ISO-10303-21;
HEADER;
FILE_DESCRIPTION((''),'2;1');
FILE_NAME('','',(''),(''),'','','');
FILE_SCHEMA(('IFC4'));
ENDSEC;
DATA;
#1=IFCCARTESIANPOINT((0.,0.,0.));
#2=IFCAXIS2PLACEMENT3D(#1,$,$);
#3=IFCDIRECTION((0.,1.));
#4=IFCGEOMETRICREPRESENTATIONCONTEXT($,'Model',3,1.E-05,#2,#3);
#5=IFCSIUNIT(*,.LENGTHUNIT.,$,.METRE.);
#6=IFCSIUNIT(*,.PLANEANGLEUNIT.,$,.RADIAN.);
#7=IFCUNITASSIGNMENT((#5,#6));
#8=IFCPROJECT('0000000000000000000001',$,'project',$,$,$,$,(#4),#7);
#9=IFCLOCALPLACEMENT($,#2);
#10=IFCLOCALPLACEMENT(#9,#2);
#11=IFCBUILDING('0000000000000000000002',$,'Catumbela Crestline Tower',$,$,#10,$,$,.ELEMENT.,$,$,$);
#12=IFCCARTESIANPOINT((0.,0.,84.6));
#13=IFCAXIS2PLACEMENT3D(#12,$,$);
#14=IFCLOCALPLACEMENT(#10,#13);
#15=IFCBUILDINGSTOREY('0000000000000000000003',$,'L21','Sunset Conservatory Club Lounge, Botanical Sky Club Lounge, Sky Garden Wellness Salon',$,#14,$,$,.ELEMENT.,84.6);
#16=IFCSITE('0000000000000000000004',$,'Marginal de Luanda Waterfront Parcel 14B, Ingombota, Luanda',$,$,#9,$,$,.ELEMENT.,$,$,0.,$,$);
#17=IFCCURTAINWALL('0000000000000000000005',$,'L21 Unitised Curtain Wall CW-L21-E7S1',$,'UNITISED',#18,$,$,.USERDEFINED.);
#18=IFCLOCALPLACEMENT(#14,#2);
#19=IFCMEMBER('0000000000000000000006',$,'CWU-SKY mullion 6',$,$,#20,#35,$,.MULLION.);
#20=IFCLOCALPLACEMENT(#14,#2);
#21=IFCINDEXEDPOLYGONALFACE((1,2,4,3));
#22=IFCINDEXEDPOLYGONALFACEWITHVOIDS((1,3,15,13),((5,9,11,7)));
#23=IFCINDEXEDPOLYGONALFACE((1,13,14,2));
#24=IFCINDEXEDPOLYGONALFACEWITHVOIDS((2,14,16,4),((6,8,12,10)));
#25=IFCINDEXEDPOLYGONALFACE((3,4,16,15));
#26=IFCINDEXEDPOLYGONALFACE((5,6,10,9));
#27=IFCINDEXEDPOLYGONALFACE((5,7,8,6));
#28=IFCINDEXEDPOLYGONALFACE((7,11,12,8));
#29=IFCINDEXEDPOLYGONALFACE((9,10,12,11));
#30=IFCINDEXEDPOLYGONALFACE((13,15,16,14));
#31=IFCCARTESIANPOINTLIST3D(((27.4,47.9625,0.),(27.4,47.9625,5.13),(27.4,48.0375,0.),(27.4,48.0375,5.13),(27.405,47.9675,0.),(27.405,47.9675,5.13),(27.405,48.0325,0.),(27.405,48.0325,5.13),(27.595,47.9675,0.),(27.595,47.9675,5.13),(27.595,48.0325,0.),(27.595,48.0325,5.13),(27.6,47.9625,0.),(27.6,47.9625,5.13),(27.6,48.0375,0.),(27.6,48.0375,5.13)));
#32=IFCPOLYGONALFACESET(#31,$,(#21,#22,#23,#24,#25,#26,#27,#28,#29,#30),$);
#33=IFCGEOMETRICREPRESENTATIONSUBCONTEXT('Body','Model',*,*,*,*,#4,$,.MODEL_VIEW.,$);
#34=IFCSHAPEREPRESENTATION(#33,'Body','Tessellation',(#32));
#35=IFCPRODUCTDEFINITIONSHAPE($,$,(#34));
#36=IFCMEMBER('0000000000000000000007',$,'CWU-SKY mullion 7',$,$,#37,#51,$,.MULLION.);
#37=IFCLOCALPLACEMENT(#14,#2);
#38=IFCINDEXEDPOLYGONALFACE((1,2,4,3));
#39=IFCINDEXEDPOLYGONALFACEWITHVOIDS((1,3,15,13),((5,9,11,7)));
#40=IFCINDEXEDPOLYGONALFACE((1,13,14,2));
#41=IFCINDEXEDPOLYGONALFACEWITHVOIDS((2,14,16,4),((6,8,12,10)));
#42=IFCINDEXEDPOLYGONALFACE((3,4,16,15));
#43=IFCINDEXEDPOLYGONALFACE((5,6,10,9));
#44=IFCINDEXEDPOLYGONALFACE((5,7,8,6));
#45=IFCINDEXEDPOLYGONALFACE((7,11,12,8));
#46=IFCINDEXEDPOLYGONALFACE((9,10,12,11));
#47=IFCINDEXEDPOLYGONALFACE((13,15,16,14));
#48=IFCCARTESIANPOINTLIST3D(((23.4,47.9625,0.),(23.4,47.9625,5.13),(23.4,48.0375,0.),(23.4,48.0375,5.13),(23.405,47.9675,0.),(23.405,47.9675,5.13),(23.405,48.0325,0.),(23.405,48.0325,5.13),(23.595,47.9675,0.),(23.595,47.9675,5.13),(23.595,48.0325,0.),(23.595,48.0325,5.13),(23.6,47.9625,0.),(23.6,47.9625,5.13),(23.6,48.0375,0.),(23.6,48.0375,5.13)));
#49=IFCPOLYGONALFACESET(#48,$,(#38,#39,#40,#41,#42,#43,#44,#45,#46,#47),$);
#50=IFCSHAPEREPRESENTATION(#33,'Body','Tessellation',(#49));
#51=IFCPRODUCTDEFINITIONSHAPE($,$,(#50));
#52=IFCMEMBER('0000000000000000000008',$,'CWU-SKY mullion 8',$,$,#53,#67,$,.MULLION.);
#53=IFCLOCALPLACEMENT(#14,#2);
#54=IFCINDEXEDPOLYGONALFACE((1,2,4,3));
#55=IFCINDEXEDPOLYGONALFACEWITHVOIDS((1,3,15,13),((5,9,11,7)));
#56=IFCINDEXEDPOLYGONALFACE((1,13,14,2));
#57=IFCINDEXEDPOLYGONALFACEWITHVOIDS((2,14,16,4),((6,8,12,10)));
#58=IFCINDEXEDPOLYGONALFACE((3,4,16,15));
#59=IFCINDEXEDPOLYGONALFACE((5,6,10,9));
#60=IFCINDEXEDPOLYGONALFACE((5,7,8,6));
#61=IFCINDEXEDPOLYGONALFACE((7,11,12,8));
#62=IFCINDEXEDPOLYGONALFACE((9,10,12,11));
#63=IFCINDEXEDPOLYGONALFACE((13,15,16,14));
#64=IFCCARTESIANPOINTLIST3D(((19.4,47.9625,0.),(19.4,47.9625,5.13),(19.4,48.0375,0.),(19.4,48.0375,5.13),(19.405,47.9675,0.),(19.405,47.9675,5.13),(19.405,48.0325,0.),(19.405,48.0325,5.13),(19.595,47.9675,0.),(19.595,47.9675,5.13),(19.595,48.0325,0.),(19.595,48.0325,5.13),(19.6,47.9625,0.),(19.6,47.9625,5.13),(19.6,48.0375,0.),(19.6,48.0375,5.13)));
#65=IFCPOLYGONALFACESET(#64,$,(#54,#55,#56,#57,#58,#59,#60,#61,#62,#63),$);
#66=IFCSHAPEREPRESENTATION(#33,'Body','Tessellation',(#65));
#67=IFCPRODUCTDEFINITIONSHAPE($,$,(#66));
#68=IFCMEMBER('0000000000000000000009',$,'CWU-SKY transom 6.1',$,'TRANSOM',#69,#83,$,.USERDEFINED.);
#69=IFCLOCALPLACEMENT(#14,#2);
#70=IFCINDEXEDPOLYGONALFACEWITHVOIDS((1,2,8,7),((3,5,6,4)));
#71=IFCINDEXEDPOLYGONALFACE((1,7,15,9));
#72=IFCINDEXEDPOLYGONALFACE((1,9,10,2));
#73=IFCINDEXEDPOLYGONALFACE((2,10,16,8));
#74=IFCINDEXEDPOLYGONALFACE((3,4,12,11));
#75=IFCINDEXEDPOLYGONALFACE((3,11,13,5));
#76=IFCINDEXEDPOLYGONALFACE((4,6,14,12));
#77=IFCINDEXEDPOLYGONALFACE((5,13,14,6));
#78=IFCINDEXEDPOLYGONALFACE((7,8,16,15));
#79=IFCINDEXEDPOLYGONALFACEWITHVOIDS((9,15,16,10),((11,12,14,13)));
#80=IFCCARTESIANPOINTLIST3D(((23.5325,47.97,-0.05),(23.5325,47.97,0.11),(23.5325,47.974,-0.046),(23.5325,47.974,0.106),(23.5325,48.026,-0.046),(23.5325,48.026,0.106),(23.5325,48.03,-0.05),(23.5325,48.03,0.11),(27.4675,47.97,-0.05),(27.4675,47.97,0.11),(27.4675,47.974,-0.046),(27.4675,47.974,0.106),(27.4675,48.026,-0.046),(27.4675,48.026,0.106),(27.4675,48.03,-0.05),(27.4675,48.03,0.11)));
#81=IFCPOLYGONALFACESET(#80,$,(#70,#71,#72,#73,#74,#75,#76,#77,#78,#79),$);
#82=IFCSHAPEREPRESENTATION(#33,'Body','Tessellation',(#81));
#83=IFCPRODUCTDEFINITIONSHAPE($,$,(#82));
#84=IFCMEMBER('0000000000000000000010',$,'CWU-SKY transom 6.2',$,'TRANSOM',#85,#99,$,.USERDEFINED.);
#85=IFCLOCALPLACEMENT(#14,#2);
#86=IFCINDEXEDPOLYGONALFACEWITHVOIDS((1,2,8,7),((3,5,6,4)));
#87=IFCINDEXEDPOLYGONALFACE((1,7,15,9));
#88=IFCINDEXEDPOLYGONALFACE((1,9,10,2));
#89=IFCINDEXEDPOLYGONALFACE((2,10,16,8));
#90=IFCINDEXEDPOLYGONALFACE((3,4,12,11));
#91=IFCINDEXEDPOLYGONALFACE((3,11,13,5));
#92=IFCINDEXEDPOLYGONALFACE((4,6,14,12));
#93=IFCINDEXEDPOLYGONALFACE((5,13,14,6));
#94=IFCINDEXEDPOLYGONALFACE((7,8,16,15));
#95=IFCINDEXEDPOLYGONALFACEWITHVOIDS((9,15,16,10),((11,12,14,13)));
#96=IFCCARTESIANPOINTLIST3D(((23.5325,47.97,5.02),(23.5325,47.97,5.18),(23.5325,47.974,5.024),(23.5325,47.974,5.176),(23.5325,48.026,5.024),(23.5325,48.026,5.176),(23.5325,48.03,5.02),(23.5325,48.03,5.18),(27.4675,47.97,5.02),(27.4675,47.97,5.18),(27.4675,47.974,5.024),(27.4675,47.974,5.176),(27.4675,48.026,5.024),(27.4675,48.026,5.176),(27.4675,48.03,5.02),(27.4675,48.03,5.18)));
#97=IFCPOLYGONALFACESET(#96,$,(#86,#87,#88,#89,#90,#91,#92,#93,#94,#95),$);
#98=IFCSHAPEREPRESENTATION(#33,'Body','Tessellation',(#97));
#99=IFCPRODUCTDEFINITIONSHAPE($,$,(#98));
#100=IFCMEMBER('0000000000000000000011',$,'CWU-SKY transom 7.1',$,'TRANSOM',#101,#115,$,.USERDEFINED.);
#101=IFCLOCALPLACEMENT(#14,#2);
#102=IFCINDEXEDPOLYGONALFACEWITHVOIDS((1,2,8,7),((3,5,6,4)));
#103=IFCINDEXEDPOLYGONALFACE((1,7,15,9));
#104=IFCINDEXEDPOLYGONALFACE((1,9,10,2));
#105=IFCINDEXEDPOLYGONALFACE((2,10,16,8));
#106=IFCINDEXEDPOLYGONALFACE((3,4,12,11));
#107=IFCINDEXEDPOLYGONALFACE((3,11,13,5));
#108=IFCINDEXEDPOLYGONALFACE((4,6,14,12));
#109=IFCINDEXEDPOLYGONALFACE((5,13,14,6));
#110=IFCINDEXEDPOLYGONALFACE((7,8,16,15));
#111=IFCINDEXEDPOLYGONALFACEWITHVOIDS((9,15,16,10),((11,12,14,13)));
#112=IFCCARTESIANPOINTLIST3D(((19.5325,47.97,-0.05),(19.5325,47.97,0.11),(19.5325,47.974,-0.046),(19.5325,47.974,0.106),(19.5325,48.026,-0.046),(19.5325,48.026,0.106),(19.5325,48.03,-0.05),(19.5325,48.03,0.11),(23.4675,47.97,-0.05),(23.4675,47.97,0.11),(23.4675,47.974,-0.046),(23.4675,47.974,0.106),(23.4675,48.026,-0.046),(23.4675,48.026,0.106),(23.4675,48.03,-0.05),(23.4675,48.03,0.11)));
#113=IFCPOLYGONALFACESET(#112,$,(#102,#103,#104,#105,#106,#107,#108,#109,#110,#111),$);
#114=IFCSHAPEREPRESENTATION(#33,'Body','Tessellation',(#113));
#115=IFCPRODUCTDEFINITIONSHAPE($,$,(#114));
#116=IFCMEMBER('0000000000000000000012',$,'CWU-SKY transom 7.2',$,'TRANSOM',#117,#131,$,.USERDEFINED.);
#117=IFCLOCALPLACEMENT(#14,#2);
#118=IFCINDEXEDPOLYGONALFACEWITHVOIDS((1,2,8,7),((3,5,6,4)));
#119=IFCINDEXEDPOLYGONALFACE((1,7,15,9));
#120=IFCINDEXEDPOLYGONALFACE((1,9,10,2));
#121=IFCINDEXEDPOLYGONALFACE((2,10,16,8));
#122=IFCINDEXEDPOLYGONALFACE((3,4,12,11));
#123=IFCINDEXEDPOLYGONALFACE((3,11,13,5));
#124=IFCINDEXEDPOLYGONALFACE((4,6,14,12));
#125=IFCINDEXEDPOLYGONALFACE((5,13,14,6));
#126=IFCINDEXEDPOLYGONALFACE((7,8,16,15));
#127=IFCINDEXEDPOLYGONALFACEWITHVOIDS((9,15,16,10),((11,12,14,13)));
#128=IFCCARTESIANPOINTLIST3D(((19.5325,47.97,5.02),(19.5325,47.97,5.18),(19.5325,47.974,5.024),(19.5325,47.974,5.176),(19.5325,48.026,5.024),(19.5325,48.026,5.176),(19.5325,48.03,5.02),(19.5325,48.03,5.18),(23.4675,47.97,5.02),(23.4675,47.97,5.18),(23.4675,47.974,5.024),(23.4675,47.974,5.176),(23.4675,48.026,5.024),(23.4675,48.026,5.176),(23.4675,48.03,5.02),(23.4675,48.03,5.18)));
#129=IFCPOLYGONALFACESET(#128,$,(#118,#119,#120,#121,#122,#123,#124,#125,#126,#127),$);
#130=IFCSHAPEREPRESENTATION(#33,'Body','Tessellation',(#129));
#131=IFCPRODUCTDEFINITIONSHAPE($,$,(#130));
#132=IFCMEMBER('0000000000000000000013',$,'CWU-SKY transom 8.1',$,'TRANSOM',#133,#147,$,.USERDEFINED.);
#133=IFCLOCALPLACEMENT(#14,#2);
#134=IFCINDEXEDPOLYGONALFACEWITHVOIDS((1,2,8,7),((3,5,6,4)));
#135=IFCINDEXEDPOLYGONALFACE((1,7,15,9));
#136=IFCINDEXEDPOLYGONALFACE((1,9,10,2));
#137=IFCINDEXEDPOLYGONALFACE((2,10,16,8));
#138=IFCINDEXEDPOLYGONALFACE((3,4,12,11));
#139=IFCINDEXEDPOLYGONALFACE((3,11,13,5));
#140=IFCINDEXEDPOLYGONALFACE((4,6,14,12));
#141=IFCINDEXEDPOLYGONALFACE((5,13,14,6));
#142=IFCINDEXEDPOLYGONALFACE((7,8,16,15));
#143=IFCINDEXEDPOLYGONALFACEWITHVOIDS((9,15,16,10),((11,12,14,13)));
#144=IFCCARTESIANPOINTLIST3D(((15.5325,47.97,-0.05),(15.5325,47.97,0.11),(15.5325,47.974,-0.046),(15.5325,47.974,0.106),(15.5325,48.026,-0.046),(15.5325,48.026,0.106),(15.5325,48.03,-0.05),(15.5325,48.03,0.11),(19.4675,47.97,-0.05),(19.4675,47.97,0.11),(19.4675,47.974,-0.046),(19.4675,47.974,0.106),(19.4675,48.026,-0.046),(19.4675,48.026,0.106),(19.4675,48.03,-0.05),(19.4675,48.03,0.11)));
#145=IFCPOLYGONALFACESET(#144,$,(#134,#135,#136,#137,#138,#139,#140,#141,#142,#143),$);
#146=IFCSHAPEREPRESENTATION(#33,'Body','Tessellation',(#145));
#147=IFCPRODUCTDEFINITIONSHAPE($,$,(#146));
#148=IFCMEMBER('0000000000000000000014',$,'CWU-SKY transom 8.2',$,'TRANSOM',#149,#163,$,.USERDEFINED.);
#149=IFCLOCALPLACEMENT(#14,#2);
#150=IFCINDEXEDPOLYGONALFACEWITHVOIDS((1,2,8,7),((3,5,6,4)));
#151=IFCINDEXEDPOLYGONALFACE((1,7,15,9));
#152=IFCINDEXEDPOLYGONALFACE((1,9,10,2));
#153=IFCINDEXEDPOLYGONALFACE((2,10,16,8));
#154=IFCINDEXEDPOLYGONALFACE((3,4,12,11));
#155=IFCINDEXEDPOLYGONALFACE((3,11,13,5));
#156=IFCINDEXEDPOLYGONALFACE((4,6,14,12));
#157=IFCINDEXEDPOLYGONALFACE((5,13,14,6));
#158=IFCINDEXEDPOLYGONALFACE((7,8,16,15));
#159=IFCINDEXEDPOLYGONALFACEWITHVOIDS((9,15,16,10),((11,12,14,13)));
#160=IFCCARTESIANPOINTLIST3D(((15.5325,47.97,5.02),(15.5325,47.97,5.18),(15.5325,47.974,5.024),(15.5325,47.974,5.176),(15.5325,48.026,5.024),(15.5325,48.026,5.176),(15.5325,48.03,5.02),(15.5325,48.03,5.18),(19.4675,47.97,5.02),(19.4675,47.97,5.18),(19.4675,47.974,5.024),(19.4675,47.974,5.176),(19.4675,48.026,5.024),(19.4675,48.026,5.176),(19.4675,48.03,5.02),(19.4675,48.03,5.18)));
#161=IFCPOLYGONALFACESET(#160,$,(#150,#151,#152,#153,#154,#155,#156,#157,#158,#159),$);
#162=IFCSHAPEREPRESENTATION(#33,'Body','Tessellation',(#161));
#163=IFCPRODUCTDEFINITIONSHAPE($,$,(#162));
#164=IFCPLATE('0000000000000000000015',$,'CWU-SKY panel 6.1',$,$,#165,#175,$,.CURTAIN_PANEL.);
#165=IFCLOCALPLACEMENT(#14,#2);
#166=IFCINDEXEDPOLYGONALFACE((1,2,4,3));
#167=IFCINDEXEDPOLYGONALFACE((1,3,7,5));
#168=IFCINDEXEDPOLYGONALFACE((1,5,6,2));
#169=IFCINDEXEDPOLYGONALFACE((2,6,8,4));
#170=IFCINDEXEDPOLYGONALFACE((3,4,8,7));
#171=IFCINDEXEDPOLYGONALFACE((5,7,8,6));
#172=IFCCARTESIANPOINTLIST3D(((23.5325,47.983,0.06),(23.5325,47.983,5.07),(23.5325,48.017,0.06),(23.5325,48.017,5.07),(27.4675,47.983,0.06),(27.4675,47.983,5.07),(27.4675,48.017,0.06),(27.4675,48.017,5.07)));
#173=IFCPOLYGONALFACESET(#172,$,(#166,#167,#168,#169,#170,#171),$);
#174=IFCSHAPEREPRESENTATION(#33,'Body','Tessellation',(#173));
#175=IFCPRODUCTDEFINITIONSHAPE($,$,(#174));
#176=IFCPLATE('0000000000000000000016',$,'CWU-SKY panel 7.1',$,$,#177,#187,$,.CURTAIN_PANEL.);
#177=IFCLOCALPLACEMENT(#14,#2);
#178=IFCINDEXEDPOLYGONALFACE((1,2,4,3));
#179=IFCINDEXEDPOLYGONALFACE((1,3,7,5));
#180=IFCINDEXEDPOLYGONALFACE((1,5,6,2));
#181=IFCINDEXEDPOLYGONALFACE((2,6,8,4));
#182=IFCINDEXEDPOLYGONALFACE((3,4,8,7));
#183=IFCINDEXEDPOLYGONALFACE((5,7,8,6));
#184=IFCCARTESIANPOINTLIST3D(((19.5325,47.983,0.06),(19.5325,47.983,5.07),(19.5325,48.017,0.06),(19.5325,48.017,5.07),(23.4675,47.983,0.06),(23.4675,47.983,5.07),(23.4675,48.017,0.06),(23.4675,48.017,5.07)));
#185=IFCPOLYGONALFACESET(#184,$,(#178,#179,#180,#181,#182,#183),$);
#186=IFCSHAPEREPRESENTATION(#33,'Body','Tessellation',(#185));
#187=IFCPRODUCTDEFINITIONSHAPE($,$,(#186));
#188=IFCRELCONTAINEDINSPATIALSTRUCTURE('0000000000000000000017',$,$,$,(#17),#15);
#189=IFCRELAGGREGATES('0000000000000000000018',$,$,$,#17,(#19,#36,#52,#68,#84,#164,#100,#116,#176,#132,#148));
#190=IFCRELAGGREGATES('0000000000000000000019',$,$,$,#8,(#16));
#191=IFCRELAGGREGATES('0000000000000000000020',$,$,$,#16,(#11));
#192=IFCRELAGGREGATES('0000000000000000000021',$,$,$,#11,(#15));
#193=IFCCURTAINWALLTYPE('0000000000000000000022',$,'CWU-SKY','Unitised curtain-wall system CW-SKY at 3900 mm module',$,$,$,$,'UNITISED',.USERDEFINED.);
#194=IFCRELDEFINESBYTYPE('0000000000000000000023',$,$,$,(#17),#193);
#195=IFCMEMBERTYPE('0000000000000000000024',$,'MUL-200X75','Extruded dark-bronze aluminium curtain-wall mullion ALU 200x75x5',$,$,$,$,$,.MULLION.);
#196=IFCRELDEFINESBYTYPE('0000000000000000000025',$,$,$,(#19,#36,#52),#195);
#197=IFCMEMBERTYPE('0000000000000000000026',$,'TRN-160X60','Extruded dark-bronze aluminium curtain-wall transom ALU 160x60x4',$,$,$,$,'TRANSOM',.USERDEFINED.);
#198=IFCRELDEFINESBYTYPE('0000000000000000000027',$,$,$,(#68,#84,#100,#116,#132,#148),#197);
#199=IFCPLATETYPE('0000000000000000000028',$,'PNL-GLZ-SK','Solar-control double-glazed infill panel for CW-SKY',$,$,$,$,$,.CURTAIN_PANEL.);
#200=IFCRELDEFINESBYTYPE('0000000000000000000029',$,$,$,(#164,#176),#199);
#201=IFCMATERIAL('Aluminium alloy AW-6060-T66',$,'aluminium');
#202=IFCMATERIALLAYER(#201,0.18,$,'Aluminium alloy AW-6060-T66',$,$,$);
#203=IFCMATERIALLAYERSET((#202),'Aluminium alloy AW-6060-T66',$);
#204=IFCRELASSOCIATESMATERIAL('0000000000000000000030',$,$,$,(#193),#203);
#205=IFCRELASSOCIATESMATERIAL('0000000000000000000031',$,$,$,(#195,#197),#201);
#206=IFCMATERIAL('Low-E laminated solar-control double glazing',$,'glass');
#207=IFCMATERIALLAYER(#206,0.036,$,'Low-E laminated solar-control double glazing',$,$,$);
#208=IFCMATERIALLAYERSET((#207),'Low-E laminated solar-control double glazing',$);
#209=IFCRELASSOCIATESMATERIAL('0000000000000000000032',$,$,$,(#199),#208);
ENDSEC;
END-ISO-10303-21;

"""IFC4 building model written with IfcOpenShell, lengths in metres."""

from ifc_helpers import new_model, si_unit, direction, frame, origin, origin_2d, place, context, subcontext, project, spatial, rectangle, hollow_rectangle, extrude, material, layer, layer_set, material_profile, profile_set, type_object, element, aggregate, save


model = new_model("IFC4")

# Units and contexts
model_context = context("Model", 3, precision=1e-05, world=origin(), true_north=direction((0.0, 1.0)))
body_context = subcontext(model_context, "Body", "Model", "MODEL_VIEW")
ifc_project = project(units=[si_unit("LENGTHUNIT", "METRE"), si_unit("PLANEANGLEUNIT", "RADIAN")], contexts=[model_context])

# Site, building, storey
site_placement = place(None, origin())
site = spatial("IfcSite", under=ifc_project, at=site_placement, Name="Marginal de Luanda Waterfront Parcel 14B, Ingombota, Luanda", CompositionType="ELEMENT", RefElevation=0.0)
building_placement = place(site_placement, origin())
building = spatial("IfcBuilding", under=site, at=building_placement, Name="Catumbela Crestline Tower", CompositionType="ELEMENT")
storey_placement = place(building_placement, frame((0.0, 0.0, 84.6)))
storey = spatial("IfcBuildingStorey", under=building, at=storey_placement, Name="L21", Description="Sunset Conservatory Club Lounge, Botanical Sky Club Lounge, Sky Garden Wellness Salon", CompositionType="ELEMENT", Elevation=84.6)

# Curtain wall, members, plates
ifc_material_1 = material(Name="Aluminium alloy AW-6060-T66", Category="aluminium")
ifc_layer_1 = layer(ifc_material_1, 0.18, Name="Aluminium alloy AW-6060-T66")
ifc_layer_set_1 = layer_set([ifc_layer_1], Name="Aluminium alloy AW-6060-T66")
curtain_wall_type = type_object("IfcCurtainWallType", Name="CWU-SKY", Description="Unitised curtain-wall system CW-SKY at 3900 mm module", ElementType="UNITISED", PredefinedType="USERDEFINED", material=ifc_layer_set_1)
curtain_wall_placement = place(storey_placement, origin())
curtain_wall = element("IfcCurtainWall", 1, at=curtain_wall_placement, inside=storey, type_object=curtain_wall_type, Name="L21 Unitised Curtain Wall CW-L21-E7S1", ObjectType="UNITISED", PredefinedType="USERDEFINED")
ifc_material_profile_1 = material_profile(ifc_material_1, hollow_rectangle(XDim=0.075, YDim=0.2, WallThickness=0.005, at=origin_2d()), Name="ALU 200x75x5")
ifc_profile_set_1 = profile_set([ifc_material_profile_1], Name="Aluminium alloy AW-6060-T66")
member_type_1 = type_object("IfcMemberType", Name="MUL-200X75", Description="Extruded dark-bronze aluminium curtain-wall mullion ALU 200x75x5", PredefinedType="MULLION", material=ifc_profile_set_1)
member_1_placement = place(storey_placement, frame((27.5, 48.0, 0.0), z_axis=(0.0, 0.0, 1.0), x_axis=(0.0, -1.0, 0.0)))
member_1 = element("IfcMember", 2, at=member_1_placement, type_object=member_type_1, Name="CWU-SKY mullion 6", PredefinedType="MULLION", context=body_context, shape_type="SweptSolid", body=[
    extrude(hollow_rectangle(XDim=0.075, YDim=0.2, WallThickness=0.005, at=origin_2d()), origin(), (0.0, 0.0, 1.0), 5.13),
])
member_2_placement = place(storey_placement, frame((23.5, 48.0, 0.0), z_axis=(0.0, 0.0, 1.0), x_axis=(0.0, -1.0, 0.0)))
member_2 = element("IfcMember", 3, at=member_2_placement, type_object=member_type_1, Name="CWU-SKY mullion 7", PredefinedType="MULLION", context=body_context, shape_type="SweptSolid", body=[
    extrude(hollow_rectangle(XDim=0.075, YDim=0.2, WallThickness=0.005, at=origin_2d()), origin(), (0.0, 0.0, 1.0), 5.13),
])
member_3_placement = place(storey_placement, frame((19.5, 48.0, 0.0), z_axis=(0.0, 0.0, 1.0), x_axis=(0.0, -1.0, 0.0)))
member_3 = element("IfcMember", 4, at=member_3_placement, type_object=member_type_1, Name="CWU-SKY mullion 8", PredefinedType="MULLION", context=body_context, shape_type="SweptSolid", body=[
    extrude(hollow_rectangle(XDim=0.075, YDim=0.2, WallThickness=0.005, at=origin_2d()), origin(), (0.0, 0.0, 1.0), 5.13),
])
ifc_material_profile_2 = material_profile(ifc_material_1, hollow_rectangle(XDim=0.06, YDim=0.16, WallThickness=0.004, at=origin_2d()), Name="ALU 160x60x4")
ifc_profile_set_2 = profile_set([ifc_material_profile_2], Name="Aluminium alloy AW-6060-T66")
member_type_2 = type_object("IfcMemberType", Name="TRN-160X60", Description="Extruded dark-bronze aluminium curtain-wall transom ALU 160x60x4", ElementType="TRANSOM", PredefinedType="USERDEFINED", material=ifc_profile_set_2)
member_4_placement = place(storey_placement, frame((27.4675, 48.0, 0.03), z_axis=(-1.0, 0.0, 0.0), x_axis=(0.0, -1.0, 0.0)))
member_4 = element("IfcMember", 5, at=member_4_placement, type_object=member_type_2, Name="CWU-SKY transom 6.1", ObjectType="TRANSOM", PredefinedType="USERDEFINED", context=body_context, shape_type="SweptSolid", body=[
    extrude(hollow_rectangle(XDim=0.06, YDim=0.16, WallThickness=0.004, at=origin_2d()), origin(), (0.0, 0.0, 1.0), 3.935),
])
member_5_placement = place(storey_placement, frame((27.4675, 48.0, 5.1), z_axis=(-1.0, 0.0, 0.0), x_axis=(0.0, -1.0, 0.0)))
member_5 = element("IfcMember", 6, at=member_5_placement, type_object=member_type_2, Name="CWU-SKY transom 6.2", ObjectType="TRANSOM", PredefinedType="USERDEFINED", context=body_context, shape_type="SweptSolid", body=[
    extrude(hollow_rectangle(XDim=0.06, YDim=0.16, WallThickness=0.004, at=origin_2d()), origin(), (0.0, 0.0, 1.0), 3.935),
])
member_6_placement = place(storey_placement, frame((23.4675, 48.0, 0.03), z_axis=(-1.0, 0.0, 0.0), x_axis=(0.0, -1.0, 0.0)))
member_6 = element("IfcMember", 7, at=member_6_placement, type_object=member_type_2, Name="CWU-SKY transom 7.1", ObjectType="TRANSOM", PredefinedType="USERDEFINED", context=body_context, shape_type="SweptSolid", body=[
    extrude(hollow_rectangle(XDim=0.06, YDim=0.16, WallThickness=0.004, at=origin_2d()), origin(), (0.0, 0.0, 1.0), 3.935),
])
member_7_placement = place(storey_placement, frame((23.4675, 48.0, 5.1), z_axis=(-1.0, 0.0, 0.0), x_axis=(0.0, -1.0, 0.0)))
member_7 = element("IfcMember", 8, at=member_7_placement, type_object=member_type_2, Name="CWU-SKY transom 7.2", ObjectType="TRANSOM", PredefinedType="USERDEFINED", context=body_context, shape_type="SweptSolid", body=[
    extrude(hollow_rectangle(XDim=0.06, YDim=0.16, WallThickness=0.004, at=origin_2d()), origin(), (0.0, 0.0, 1.0), 3.935),
])
member_8_placement = place(storey_placement, frame((19.4675, 48.0, 0.03), z_axis=(-1.0, 0.0, 0.0), x_axis=(0.0, -1.0, 0.0)))
member_8 = element("IfcMember", 9, at=member_8_placement, type_object=member_type_2, Name="CWU-SKY transom 8.1", ObjectType="TRANSOM", PredefinedType="USERDEFINED", context=body_context, shape_type="SweptSolid", body=[
    extrude(hollow_rectangle(XDim=0.06, YDim=0.16, WallThickness=0.004, at=origin_2d()), origin(), (0.0, 0.0, 1.0), 3.935),
])
member_9_placement = place(storey_placement, frame((19.4675, 48.0, 5.1), z_axis=(-1.0, 0.0, 0.0), x_axis=(0.0, -1.0, 0.0)))
member_9 = element("IfcMember", 10, at=member_9_placement, type_object=member_type_2, Name="CWU-SKY transom 8.2", ObjectType="TRANSOM", PredefinedType="USERDEFINED", context=body_context, shape_type="SweptSolid", body=[
    extrude(hollow_rectangle(XDim=0.06, YDim=0.16, WallThickness=0.004, at=origin_2d()), origin(), (0.0, 0.0, 1.0), 3.935),
])
ifc_material_2 = material(Name="Low-E laminated solar-control double glazing", Category="glass")
ifc_layer_2 = layer(ifc_material_2, 0.036, Name="Low-E laminated solar-control double glazing")
ifc_layer_set_2 = layer_set([ifc_layer_2], Name="Low-E laminated solar-control double glazing")
plate_type = type_object("IfcPlateType", Name="PNL-GLZ-SK", Description="Solar-control double-glazed infill panel for CW-SKY", PredefinedType="CURTAIN_PANEL", material=ifc_layer_set_2)
plate_1_placement = place(storey_placement, frame((25.5, 48.0, 0.06), z_axis=(0.0, 0.0, 1.0), x_axis=(-1.0, 0.0, 0.0)))
plate_1 = element("IfcPlate", 11, at=plate_1_placement, type_object=plate_type, Name="CWU-SKY panel 6.1", PredefinedType="CURTAIN_PANEL", context=body_context, shape_type="SweptSolid", body=[
    extrude(rectangle(XDim=3.935, YDim=0.034, at=origin_2d()), origin(), (0.0, 0.0, 1.0), 5.01),
])
plate_2_placement = place(storey_placement, frame((21.5, 48.0, 0.06), z_axis=(0.0, 0.0, 1.0), x_axis=(-1.0, 0.0, 0.0)))
plate_2 = element("IfcPlate", 12, at=plate_2_placement, type_object=plate_type, Name="CWU-SKY panel 7.1", PredefinedType="CURTAIN_PANEL", context=body_context, shape_type="SweptSolid", body=[
    extrude(rectangle(XDim=3.935, YDim=0.034, at=origin_2d()), origin(), (0.0, 0.0, 1.0), 5.01),
])
aggregate(curtain_wall, [member_1, member_2, member_3, member_4, member_5, plate_1, member_6, member_7, plate_2, member_8, member_9])

save(model, "model.ifc")
